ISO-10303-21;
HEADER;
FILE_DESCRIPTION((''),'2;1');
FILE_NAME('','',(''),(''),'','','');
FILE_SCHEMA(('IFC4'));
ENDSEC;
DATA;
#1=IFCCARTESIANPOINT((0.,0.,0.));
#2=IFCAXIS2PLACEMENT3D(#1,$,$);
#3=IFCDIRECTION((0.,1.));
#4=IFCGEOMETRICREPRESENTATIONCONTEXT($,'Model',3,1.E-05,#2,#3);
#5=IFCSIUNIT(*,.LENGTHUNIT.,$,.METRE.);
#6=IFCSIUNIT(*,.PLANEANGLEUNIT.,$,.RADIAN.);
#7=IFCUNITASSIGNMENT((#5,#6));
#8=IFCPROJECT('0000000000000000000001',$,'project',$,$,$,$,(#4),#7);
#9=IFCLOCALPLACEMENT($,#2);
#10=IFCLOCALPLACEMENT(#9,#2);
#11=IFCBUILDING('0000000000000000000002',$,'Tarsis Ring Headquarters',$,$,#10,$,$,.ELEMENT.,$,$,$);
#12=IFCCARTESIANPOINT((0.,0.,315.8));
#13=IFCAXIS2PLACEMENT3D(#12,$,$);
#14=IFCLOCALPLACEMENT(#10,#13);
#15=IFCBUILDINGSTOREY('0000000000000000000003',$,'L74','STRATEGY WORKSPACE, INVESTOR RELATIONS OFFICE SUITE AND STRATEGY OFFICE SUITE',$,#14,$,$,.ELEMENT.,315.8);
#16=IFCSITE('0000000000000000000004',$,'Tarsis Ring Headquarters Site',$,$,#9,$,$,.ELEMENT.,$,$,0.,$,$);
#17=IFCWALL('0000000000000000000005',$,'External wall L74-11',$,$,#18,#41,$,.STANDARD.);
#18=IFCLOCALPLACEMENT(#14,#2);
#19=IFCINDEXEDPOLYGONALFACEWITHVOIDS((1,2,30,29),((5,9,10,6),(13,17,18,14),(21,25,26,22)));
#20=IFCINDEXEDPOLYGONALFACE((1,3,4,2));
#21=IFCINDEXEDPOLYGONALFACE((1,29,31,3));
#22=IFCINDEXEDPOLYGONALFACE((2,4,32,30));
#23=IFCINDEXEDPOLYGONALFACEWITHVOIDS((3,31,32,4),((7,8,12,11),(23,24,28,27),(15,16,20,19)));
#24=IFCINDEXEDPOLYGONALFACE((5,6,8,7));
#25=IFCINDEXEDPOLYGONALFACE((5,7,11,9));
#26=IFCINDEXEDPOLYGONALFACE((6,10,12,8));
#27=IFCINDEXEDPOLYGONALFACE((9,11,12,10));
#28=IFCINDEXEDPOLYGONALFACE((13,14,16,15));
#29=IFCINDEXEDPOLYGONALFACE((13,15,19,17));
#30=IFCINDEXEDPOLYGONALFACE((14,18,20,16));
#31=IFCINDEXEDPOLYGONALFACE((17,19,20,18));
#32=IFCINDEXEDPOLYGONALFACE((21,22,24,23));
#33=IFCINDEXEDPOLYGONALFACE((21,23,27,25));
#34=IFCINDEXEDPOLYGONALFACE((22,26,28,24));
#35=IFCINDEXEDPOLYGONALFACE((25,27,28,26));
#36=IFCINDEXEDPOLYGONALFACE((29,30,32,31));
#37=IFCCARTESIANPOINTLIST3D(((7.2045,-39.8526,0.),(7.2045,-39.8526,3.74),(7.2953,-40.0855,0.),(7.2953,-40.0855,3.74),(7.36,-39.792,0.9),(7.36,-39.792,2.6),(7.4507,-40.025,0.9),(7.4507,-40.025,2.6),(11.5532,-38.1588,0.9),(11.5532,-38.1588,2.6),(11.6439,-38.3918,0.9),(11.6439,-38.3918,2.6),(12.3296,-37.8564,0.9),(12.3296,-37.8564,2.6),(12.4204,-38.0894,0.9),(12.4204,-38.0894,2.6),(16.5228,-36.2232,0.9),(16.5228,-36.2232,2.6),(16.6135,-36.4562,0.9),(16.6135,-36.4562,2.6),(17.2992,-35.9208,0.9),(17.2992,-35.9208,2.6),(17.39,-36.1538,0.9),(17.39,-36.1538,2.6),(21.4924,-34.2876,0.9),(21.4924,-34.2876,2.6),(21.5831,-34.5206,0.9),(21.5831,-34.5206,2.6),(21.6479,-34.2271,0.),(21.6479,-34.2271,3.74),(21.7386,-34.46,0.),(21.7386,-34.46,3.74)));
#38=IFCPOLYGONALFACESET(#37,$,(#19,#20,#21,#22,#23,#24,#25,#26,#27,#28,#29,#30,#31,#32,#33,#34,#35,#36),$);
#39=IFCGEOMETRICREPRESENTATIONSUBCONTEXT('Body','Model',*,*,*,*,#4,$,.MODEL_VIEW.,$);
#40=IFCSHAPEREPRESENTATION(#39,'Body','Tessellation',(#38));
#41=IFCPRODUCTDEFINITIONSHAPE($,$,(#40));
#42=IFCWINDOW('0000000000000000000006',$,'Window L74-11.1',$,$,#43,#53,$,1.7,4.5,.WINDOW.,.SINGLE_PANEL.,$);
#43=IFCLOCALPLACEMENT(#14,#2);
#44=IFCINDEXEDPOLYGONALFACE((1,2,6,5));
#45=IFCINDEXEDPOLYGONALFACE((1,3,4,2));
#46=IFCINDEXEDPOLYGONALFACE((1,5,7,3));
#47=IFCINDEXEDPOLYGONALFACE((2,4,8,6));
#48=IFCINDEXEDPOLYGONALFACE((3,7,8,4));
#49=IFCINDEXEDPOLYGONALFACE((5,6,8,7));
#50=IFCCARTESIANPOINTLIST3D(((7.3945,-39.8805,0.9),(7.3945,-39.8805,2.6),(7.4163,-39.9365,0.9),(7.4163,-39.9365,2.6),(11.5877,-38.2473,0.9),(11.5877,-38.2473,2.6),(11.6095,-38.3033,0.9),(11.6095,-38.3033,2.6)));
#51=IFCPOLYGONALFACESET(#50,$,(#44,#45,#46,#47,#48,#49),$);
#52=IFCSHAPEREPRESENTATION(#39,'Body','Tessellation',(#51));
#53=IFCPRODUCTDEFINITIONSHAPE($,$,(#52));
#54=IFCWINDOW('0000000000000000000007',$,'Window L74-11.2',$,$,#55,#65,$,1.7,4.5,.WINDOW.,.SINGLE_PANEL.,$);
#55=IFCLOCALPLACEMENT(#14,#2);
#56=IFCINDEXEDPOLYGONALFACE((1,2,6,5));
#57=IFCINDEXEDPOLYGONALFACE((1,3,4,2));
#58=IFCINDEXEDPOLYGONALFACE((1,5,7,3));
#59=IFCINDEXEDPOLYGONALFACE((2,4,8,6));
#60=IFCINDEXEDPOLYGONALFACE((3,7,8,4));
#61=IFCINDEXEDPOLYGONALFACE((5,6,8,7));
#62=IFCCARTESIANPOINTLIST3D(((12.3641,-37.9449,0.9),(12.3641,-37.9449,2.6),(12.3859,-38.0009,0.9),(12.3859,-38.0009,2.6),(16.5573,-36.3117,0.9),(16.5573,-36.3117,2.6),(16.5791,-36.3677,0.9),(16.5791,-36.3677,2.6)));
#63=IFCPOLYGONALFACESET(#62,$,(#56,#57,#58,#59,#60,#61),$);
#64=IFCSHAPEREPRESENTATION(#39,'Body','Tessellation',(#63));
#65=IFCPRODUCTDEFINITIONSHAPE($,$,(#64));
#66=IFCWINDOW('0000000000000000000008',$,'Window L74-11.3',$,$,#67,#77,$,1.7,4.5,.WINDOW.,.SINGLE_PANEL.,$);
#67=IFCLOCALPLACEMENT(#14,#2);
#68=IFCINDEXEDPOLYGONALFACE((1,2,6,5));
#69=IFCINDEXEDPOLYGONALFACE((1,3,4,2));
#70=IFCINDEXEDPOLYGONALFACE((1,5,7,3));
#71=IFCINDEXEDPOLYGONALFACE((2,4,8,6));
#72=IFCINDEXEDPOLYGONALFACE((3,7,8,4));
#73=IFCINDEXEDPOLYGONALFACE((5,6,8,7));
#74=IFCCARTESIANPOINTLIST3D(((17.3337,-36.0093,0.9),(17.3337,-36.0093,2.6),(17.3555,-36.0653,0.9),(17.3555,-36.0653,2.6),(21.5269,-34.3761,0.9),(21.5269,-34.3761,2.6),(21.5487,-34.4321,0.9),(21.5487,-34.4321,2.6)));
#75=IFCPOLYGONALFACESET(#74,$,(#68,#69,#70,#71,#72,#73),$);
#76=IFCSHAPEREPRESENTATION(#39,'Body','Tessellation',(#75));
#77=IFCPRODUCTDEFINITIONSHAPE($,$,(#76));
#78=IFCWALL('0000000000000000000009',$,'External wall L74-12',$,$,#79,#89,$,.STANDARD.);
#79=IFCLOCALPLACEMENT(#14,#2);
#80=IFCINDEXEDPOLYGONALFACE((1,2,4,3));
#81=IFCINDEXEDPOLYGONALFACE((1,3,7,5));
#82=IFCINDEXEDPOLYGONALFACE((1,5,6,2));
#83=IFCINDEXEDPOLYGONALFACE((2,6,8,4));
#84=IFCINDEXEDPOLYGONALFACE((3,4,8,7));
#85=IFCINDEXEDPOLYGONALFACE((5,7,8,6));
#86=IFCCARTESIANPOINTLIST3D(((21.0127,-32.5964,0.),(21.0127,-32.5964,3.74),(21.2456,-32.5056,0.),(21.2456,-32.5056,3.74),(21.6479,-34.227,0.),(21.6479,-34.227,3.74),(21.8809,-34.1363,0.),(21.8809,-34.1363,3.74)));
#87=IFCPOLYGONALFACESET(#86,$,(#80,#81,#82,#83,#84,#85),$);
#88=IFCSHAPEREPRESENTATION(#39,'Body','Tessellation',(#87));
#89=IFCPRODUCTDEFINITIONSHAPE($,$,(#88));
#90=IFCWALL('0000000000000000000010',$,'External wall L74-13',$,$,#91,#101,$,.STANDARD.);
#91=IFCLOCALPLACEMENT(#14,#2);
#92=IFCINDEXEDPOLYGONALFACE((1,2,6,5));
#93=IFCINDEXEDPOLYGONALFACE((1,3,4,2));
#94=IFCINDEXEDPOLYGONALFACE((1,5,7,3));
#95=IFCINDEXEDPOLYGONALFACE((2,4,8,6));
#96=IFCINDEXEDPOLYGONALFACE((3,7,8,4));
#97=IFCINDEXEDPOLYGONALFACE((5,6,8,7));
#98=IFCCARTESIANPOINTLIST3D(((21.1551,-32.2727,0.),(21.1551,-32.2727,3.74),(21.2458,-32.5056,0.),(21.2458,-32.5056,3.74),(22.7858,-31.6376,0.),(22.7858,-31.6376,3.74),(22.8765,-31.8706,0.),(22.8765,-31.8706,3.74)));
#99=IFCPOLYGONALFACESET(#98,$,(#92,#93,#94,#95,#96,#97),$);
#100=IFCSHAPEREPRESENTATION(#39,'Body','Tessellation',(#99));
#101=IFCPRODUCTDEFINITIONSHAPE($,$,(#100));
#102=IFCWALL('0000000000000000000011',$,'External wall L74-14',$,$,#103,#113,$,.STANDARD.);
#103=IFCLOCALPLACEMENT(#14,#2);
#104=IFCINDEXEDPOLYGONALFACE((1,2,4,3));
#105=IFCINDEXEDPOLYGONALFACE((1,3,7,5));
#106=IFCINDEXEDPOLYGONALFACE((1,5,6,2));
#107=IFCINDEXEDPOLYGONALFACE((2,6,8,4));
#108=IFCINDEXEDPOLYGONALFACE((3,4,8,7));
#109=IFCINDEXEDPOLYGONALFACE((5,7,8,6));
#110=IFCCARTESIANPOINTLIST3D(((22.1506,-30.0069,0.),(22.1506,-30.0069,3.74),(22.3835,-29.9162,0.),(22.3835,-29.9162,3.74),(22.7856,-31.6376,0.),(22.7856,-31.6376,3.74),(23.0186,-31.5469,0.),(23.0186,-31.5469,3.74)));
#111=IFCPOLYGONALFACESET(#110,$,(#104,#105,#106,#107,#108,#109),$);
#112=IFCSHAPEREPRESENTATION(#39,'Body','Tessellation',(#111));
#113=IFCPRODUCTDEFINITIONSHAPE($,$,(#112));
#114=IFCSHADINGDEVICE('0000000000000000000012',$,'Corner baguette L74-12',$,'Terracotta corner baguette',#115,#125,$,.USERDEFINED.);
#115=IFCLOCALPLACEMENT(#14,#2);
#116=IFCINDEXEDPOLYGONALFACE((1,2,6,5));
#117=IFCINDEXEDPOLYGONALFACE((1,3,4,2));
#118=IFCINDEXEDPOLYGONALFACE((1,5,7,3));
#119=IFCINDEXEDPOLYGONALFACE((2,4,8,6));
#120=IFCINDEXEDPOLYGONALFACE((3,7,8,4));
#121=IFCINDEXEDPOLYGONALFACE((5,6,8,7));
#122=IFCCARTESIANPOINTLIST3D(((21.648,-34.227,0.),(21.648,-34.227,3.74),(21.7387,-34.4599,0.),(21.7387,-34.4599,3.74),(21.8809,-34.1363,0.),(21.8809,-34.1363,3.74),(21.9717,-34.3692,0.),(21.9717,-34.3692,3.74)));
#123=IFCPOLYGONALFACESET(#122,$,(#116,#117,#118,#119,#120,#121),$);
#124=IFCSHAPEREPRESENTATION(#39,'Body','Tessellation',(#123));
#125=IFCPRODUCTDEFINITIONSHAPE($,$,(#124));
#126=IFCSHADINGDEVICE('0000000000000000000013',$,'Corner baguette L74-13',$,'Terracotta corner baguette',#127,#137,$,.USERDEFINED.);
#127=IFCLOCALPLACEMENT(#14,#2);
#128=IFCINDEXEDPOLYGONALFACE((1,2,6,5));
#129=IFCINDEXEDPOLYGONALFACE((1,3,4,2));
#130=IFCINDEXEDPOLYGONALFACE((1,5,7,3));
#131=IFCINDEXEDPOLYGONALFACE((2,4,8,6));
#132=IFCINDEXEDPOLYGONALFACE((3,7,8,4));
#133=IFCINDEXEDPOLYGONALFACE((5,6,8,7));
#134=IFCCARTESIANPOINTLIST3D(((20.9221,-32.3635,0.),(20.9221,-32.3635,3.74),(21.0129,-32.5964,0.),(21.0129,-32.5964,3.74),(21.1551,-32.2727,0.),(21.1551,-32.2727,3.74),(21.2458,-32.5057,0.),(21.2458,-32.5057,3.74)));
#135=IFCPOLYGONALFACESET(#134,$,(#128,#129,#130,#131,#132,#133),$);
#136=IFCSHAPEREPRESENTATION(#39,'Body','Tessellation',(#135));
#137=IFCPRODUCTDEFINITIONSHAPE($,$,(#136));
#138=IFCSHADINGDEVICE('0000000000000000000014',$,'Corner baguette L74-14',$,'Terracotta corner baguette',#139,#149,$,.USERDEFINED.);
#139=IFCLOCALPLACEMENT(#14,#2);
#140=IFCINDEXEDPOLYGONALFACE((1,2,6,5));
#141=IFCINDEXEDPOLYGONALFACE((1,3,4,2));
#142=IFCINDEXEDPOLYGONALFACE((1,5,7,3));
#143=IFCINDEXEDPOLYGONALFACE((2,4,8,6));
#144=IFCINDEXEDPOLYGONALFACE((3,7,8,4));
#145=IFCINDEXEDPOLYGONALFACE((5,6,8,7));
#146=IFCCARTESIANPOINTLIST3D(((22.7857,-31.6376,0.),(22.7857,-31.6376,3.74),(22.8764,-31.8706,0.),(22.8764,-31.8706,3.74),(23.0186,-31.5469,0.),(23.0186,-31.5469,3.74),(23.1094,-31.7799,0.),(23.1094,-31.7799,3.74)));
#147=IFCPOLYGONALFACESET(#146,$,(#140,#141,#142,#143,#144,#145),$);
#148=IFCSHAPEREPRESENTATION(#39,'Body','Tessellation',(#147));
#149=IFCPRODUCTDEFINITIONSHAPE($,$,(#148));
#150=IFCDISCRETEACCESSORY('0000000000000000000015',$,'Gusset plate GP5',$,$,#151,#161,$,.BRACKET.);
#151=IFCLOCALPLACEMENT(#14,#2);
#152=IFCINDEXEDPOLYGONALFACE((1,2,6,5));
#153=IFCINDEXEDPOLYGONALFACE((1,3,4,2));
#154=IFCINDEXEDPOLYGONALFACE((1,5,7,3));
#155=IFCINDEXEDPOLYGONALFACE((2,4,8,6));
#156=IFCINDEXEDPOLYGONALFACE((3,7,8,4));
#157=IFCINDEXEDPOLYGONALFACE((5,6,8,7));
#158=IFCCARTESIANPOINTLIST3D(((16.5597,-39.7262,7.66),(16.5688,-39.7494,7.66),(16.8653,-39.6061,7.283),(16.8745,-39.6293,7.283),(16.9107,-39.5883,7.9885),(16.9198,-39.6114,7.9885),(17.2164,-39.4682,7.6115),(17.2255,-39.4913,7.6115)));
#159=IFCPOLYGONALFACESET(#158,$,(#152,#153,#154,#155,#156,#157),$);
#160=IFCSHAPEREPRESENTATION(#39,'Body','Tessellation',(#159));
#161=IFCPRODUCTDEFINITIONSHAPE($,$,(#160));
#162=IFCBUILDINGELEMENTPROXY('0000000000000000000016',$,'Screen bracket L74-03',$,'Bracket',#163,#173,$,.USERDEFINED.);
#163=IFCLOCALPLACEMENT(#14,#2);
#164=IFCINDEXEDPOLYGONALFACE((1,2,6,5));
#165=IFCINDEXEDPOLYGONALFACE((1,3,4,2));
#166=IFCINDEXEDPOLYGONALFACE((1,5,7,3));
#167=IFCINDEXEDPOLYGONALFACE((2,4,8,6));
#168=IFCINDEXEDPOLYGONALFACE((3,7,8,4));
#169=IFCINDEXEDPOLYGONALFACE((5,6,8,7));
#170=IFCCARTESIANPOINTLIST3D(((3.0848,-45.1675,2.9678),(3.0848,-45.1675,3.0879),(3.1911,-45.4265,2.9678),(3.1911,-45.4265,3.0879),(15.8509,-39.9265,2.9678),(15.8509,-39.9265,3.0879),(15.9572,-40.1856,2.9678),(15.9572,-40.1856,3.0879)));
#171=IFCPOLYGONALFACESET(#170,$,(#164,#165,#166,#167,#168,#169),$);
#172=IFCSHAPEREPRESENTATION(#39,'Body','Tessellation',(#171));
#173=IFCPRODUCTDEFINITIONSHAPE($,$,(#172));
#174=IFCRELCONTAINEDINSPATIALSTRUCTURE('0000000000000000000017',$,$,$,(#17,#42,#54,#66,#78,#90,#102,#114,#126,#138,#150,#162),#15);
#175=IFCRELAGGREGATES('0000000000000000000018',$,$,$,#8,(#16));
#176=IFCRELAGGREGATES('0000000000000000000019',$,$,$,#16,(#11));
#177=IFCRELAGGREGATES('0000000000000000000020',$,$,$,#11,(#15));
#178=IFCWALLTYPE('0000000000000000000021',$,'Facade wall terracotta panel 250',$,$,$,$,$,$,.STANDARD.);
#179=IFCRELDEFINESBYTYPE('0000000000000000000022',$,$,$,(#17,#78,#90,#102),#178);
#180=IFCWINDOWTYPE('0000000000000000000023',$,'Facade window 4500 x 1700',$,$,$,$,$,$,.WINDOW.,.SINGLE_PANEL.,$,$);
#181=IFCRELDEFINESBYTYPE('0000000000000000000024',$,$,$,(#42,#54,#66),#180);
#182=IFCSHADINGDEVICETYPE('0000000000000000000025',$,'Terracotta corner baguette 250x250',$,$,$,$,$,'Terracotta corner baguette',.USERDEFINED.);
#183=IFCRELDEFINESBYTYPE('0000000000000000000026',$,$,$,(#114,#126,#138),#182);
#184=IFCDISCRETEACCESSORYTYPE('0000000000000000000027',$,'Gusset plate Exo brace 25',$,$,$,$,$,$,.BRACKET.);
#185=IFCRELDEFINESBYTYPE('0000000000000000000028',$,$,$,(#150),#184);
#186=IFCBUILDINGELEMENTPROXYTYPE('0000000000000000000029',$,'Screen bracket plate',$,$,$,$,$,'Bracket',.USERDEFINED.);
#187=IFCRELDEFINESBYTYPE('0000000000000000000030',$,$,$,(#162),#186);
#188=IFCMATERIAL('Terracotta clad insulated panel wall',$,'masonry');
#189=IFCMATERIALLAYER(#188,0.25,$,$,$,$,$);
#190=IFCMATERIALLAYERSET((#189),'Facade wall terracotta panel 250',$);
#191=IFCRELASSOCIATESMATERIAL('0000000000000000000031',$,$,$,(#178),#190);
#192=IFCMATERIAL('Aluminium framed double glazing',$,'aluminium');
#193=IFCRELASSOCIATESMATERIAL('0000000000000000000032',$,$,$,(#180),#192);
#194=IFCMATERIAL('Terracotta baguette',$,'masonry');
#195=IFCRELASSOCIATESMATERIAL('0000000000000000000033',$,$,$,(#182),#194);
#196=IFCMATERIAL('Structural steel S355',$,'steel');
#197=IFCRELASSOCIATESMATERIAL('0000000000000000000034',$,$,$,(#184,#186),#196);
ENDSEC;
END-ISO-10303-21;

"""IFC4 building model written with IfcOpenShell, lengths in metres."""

from ifc_helpers import new_model, si_unit, direction, frame, frame_2d, origin, origin_2d, place, context, subcontext, project, spatial, rectangle, extrude, material, layer, layer_set, material_profile, profile_set, type_object, element, fill, save


model = new_model("IFC4")

# Units and contexts
model_context = context("Model", 3, precision=1e-05, world=origin(), true_north=direction((0.0, 1.0)))
body_context = subcontext(model_context, "Body", "Model", "MODEL_VIEW")
ifc_project = project(units=[si_unit("LENGTHUNIT", "METRE"), si_unit("PLANEANGLEUNIT", "RADIAN")], contexts=[model_context])

# Site, building, storey
site_placement = place(None, origin())
site = spatial("IfcSite", under=ifc_project, at=site_placement, Name="Tarsis Ring Headquarters Site", CompositionType="ELEMENT", RefElevation=0.0)
building_placement = place(site_placement, origin())
building = spatial("IfcBuilding", under=site, at=building_placement, Name="Tarsis Ring Headquarters", CompositionType="ELEMENT")
storey_placement = place(building_placement, frame((0.0, 0.0, 315.8)))
storey = spatial("IfcBuildingStorey", under=building, at=storey_placement, Name="L74", Description="STRATEGY WORKSPACE, INVESTOR RELATIONS OFFICE SUITE AND STRATEGY OFFICE SUITE", CompositionType="ELEMENT", Elevation=315.8)

# Shared definitions
ifc_material_1 = material(Name="Structural steel S355", Category="steel")

# Wall, openings, windows
ifc_material_2 = material(Name="Terracotta clad insulated panel wall", Category="masonry")
ifc_layer_1 = layer(ifc_material_2, 0.25)
ifc_layer_set_1 = layer_set([ifc_layer_1], Name="Facade wall terracotta panel 250")
wall_type_1 = type_object("IfcWallType", Name="Facade wall terracotta panel 250", PredefinedType="STANDARD", material=ifc_layer_set_1)
wall_1_placement = place(storey_placement, frame((7.25, -39.969, 0.0), z_axis=(0.0, 0.0, 1.0), x_axis=(0.931817, 0.36293, 0.0)))
wall_1 = element("IfcWall", 1, at=wall_1_placement, inside=storey, type_object=wall_type_1, Name="External wall L74-11", PredefinedType="STANDARD", context=body_context, shape_type="SweptSolid", body=[
    extrude(rectangle(XDim=15.5002, YDim=0.25, at=frame_2d((7.75, 0.0))), origin(), (0.0, 0.0, 1.0), 3.74),
])
opening_1_placement = place(wall_1_placement, frame((0.1667, 0.0, 0.8999)))
opening_1 = element("IfcOpeningElement", 2, at=opening_1_placement, cuts=wall_1, PredefinedType="OPENING", context=body_context, shape_type="SweptSolid", body=[
    extrude(rectangle(XDim=4.5, YDim=1.7, at=frame_2d((2.25, 0.8501))), frame((0.0, 0.135, 0.0), z_axis=(0.0, -1.0, 0.0), x_axis=(1.0, 0.0, 0.0)), (0.0, 0.0, 1.0), 0.27),
])
opening_2_placement = place(wall_1_placement, frame((5.5, 0.0, 0.8999)))
opening_2 = element("IfcOpeningElement", 3, at=opening_2_placement, cuts=wall_1, PredefinedType="OPENING", context=body_context, shape_type="SweptSolid", body=[
    extrude(rectangle(XDim=4.5, YDim=1.7, at=frame_2d((2.25, 0.8501))), frame((0.0, 0.135, 0.0), z_axis=(0.0, -1.0, 0.0), x_axis=(1.0, 0.0, 0.0)), (0.0, 0.0, 1.0), 0.27),
])
opening_3_placement = place(wall_1_placement, frame((10.8333, 0.0, 0.8999)))
opening_3 = element("IfcOpeningElement", 4, at=opening_3_placement, cuts=wall_1, PredefinedType="OPENING", context=body_context, shape_type="SweptSolid", body=[
    extrude(rectangle(XDim=4.5, YDim=1.7, at=frame_2d((2.25, 0.8501))), frame((0.0, 0.135, 0.0), z_axis=(0.0, -1.0, 0.0), x_axis=(1.0, 0.0, 0.0)), (0.0, 0.0, 1.0), 0.27),
])
ifc_material_3 = material(Name="Aluminium framed double glazing", Category="aluminium")
window_type = type_object("IfcWindowType", Name="Facade window 4500 x 1700", PartitioningType="SINGLE_PANEL", PredefinedType="WINDOW", material=ifc_material_3)
window_1_placement = place(opening_1_placement, origin())
window_1 = element("IfcWindow", 5, at=window_1_placement, inside=storey, type_object=window_type, Name="Window L74-11.1", OverallHeight=1.7, OverallWidth=4.5, PartitioningType="SINGLE_PANEL", PredefinedType="WINDOW", context=body_context, shape_type="SweptSolid", body=[
    extrude(rectangle(XDim=4.5, YDim=1.7, at=frame_2d((2.25, 0.8501))), frame((0.0, 0.03, 0.0), z_axis=(0.0, -1.0, 0.0), x_axis=(1.0, 0.0, 0.0)), (0.0, 0.0, 1.0), 0.0601),
])
fill(opening_1, window_1)
window_2_placement = place(opening_2_placement, origin())
window_2 = element("IfcWindow", 6, at=window_2_placement, inside=storey, type_object=window_type, Name="Window L74-11.2", OverallHeight=1.7, OverallWidth=4.5, PartitioningType="SINGLE_PANEL", PredefinedType="WINDOW", context=body_context, shape_type="SweptSolid", body=[
    extrude(rectangle(XDim=4.5, YDim=1.7, at=frame_2d((2.25, 0.8501))), frame((0.0, 0.03, 0.0), z_axis=(0.0, -1.0, 0.0), x_axis=(1.0, 0.0, 0.0)), (0.0, 0.0, 1.0), 0.0601),
])
fill(opening_2, window_2)
window_3_placement = place(opening_3_placement, origin())
window_3 = element("IfcWindow", 7, at=window_3_placement, inside=storey, type_object=window_type, Name="Window L74-11.3", OverallHeight=1.7, OverallWidth=4.5, PartitioningType="SINGLE_PANEL", PredefinedType="WINDOW", context=body_context, shape_type="SweptSolid", body=[
    extrude(rectangle(XDim=4.5, YDim=1.7, at=frame_2d((2.25, 0.8501))), frame((0.0, 0.03, 0.0), z_axis=(0.0, -1.0, 0.0), x_axis=(1.0, 0.0, 0.0)), (0.0, 0.0, 1.0), 0.0601),
])
fill(opening_3, window_3)

# Walls
for number, where, z_axis, x_axis, name in (
    (8, (21.7644, -34.1816, 0.0), (0.0, 0.0, 1.0), (-0.363005, 0.931787, 0.0), "External wall L74-12"),
    (9, (21.2004, -32.3892, 0.0), (0.0, 0.0, 1.0), (0.931834, 0.362884, 0.0), "External wall L74-13"),
    (10, (22.9021, -31.5923, 0.0), (0.0, 0.0, 1.0), (-0.362884, 0.931834, 0.0), "External wall L74-14"),
):
    element("IfcWall", number, at=place(storey_placement, frame(where, z_axis=z_axis, x_axis=x_axis)), inside=storey, type_object=wall_type_1, Name=name, PredefinedType="STANDARD", context=body_context, shape_type="SweptSolid", body=[
        extrude(rectangle(XDim=1.75, YDim=0.25, at=frame_2d((0.875, 0.0))), origin(), (0.0, 0.0, 1.0), 3.74),
    ])

# Shading devices
ifc_material_4 = material(Name="Terracotta baguette", Category="masonry")
shading_device_type_1 = type_object("IfcShadingDeviceType", Name="Terracotta corner baguette 250x250", ElementType="Terracotta corner baguette", PredefinedType="USERDEFINED", material=ifc_material_4)
for number, where, z_axis, x_axis, name in (
    (11, (21.8098, -34.2981, 0.0), (0.0, 0.0, 1.0), (0.931818, 0.362926, 0.0), "Corner baguette L74-12"),
    (12, (21.084, -32.4346, 0.0), (0.0, 0.0, 1.0), (-0.362926, 0.931818, 0.0), "Corner baguette L74-13"),
    (13, (22.9475, -31.7087, 0.0), (0.0, 0.0, 1.0), (0.931818, 0.362926, 0.0), "Corner baguette L74-14"),
):
    element("IfcShadingDevice", number, at=place(storey_placement, frame(where, z_axis=z_axis, x_axis=x_axis)), inside=storey, type_object=shading_device_type_1, Name=name, ObjectType="Terracotta corner baguette", PredefinedType="USERDEFINED", context=body_context, shape_type="SweptSolid", body=[
        extrude(rectangle(XDim=0.25, YDim=0.25, at=origin_2d()), origin(), (0.0, 0.0, 1.0), 3.74),
    ])

# Discrete accessory
ifc_material_profile_1 = material_profile(ifc_material_1, rectangle(XDim=0.0249, YDim=0.5, at=origin_2d()), Name="PL 25x500")
ifc_profile_set_1 = profile_set([ifc_material_profile_1], Name="Structural steel S355")
discrete_accessory_type = type_object("IfcDiscreteAccessoryType", Name="Gusset plate Exo brace 25", PredefinedType="BRACKET", material=ifc_profile_set_1)
discrete_accessory_placement = place(storey_placement, frame((17.0681, -39.5398, 7.8), z_axis=(-0.701774, -0.275732, -0.656876), x_axis=(0.365692, -0.930736, 0.0)))
element("IfcDiscreteAccessory", 14, at=discrete_accessory_placement, inside=storey, type_object=discrete_accessory_type, Name="Gusset plate GP5", PredefinedType="BRACKET", context=body_context, shape_type="SweptSolid", body=[
    extrude(rectangle(XDim=0.0249, YDim=0.5, at=origin_2d()), origin(), (0.0, 0.0, 1.0), 0.5002),
])

# Building element proxy
building_element_proxy_type = type_object("IfcBuildingElementProxyType", Name="Screen bracket plate", ElementType="Bracket", PredefinedType="USERDEFINED", material=ifc_material_1)
proxy_placement = place(storey_placement, frame((9.521, -42.6765, 2.9678), z_axis=(0.0, 0.0, 1.0), x_axis=(0.925077, 0.379779, 0.0)))
element("IfcBuildingElementProxy", 15, at=proxy_placement, inside=storey, type_object=building_element_proxy_type, Name="Screen bracket L74-03", ObjectType="Bracket", PredefinedType="USERDEFINED", context=body_context, shape_type="SweptSolid", body=[
    extrude(rectangle(XDim=13.8, YDim=0.28, at=origin_2d()), origin(), (0.0, 0.0, 1.0), 0.1201),
])

save(model, "model.ifc")
